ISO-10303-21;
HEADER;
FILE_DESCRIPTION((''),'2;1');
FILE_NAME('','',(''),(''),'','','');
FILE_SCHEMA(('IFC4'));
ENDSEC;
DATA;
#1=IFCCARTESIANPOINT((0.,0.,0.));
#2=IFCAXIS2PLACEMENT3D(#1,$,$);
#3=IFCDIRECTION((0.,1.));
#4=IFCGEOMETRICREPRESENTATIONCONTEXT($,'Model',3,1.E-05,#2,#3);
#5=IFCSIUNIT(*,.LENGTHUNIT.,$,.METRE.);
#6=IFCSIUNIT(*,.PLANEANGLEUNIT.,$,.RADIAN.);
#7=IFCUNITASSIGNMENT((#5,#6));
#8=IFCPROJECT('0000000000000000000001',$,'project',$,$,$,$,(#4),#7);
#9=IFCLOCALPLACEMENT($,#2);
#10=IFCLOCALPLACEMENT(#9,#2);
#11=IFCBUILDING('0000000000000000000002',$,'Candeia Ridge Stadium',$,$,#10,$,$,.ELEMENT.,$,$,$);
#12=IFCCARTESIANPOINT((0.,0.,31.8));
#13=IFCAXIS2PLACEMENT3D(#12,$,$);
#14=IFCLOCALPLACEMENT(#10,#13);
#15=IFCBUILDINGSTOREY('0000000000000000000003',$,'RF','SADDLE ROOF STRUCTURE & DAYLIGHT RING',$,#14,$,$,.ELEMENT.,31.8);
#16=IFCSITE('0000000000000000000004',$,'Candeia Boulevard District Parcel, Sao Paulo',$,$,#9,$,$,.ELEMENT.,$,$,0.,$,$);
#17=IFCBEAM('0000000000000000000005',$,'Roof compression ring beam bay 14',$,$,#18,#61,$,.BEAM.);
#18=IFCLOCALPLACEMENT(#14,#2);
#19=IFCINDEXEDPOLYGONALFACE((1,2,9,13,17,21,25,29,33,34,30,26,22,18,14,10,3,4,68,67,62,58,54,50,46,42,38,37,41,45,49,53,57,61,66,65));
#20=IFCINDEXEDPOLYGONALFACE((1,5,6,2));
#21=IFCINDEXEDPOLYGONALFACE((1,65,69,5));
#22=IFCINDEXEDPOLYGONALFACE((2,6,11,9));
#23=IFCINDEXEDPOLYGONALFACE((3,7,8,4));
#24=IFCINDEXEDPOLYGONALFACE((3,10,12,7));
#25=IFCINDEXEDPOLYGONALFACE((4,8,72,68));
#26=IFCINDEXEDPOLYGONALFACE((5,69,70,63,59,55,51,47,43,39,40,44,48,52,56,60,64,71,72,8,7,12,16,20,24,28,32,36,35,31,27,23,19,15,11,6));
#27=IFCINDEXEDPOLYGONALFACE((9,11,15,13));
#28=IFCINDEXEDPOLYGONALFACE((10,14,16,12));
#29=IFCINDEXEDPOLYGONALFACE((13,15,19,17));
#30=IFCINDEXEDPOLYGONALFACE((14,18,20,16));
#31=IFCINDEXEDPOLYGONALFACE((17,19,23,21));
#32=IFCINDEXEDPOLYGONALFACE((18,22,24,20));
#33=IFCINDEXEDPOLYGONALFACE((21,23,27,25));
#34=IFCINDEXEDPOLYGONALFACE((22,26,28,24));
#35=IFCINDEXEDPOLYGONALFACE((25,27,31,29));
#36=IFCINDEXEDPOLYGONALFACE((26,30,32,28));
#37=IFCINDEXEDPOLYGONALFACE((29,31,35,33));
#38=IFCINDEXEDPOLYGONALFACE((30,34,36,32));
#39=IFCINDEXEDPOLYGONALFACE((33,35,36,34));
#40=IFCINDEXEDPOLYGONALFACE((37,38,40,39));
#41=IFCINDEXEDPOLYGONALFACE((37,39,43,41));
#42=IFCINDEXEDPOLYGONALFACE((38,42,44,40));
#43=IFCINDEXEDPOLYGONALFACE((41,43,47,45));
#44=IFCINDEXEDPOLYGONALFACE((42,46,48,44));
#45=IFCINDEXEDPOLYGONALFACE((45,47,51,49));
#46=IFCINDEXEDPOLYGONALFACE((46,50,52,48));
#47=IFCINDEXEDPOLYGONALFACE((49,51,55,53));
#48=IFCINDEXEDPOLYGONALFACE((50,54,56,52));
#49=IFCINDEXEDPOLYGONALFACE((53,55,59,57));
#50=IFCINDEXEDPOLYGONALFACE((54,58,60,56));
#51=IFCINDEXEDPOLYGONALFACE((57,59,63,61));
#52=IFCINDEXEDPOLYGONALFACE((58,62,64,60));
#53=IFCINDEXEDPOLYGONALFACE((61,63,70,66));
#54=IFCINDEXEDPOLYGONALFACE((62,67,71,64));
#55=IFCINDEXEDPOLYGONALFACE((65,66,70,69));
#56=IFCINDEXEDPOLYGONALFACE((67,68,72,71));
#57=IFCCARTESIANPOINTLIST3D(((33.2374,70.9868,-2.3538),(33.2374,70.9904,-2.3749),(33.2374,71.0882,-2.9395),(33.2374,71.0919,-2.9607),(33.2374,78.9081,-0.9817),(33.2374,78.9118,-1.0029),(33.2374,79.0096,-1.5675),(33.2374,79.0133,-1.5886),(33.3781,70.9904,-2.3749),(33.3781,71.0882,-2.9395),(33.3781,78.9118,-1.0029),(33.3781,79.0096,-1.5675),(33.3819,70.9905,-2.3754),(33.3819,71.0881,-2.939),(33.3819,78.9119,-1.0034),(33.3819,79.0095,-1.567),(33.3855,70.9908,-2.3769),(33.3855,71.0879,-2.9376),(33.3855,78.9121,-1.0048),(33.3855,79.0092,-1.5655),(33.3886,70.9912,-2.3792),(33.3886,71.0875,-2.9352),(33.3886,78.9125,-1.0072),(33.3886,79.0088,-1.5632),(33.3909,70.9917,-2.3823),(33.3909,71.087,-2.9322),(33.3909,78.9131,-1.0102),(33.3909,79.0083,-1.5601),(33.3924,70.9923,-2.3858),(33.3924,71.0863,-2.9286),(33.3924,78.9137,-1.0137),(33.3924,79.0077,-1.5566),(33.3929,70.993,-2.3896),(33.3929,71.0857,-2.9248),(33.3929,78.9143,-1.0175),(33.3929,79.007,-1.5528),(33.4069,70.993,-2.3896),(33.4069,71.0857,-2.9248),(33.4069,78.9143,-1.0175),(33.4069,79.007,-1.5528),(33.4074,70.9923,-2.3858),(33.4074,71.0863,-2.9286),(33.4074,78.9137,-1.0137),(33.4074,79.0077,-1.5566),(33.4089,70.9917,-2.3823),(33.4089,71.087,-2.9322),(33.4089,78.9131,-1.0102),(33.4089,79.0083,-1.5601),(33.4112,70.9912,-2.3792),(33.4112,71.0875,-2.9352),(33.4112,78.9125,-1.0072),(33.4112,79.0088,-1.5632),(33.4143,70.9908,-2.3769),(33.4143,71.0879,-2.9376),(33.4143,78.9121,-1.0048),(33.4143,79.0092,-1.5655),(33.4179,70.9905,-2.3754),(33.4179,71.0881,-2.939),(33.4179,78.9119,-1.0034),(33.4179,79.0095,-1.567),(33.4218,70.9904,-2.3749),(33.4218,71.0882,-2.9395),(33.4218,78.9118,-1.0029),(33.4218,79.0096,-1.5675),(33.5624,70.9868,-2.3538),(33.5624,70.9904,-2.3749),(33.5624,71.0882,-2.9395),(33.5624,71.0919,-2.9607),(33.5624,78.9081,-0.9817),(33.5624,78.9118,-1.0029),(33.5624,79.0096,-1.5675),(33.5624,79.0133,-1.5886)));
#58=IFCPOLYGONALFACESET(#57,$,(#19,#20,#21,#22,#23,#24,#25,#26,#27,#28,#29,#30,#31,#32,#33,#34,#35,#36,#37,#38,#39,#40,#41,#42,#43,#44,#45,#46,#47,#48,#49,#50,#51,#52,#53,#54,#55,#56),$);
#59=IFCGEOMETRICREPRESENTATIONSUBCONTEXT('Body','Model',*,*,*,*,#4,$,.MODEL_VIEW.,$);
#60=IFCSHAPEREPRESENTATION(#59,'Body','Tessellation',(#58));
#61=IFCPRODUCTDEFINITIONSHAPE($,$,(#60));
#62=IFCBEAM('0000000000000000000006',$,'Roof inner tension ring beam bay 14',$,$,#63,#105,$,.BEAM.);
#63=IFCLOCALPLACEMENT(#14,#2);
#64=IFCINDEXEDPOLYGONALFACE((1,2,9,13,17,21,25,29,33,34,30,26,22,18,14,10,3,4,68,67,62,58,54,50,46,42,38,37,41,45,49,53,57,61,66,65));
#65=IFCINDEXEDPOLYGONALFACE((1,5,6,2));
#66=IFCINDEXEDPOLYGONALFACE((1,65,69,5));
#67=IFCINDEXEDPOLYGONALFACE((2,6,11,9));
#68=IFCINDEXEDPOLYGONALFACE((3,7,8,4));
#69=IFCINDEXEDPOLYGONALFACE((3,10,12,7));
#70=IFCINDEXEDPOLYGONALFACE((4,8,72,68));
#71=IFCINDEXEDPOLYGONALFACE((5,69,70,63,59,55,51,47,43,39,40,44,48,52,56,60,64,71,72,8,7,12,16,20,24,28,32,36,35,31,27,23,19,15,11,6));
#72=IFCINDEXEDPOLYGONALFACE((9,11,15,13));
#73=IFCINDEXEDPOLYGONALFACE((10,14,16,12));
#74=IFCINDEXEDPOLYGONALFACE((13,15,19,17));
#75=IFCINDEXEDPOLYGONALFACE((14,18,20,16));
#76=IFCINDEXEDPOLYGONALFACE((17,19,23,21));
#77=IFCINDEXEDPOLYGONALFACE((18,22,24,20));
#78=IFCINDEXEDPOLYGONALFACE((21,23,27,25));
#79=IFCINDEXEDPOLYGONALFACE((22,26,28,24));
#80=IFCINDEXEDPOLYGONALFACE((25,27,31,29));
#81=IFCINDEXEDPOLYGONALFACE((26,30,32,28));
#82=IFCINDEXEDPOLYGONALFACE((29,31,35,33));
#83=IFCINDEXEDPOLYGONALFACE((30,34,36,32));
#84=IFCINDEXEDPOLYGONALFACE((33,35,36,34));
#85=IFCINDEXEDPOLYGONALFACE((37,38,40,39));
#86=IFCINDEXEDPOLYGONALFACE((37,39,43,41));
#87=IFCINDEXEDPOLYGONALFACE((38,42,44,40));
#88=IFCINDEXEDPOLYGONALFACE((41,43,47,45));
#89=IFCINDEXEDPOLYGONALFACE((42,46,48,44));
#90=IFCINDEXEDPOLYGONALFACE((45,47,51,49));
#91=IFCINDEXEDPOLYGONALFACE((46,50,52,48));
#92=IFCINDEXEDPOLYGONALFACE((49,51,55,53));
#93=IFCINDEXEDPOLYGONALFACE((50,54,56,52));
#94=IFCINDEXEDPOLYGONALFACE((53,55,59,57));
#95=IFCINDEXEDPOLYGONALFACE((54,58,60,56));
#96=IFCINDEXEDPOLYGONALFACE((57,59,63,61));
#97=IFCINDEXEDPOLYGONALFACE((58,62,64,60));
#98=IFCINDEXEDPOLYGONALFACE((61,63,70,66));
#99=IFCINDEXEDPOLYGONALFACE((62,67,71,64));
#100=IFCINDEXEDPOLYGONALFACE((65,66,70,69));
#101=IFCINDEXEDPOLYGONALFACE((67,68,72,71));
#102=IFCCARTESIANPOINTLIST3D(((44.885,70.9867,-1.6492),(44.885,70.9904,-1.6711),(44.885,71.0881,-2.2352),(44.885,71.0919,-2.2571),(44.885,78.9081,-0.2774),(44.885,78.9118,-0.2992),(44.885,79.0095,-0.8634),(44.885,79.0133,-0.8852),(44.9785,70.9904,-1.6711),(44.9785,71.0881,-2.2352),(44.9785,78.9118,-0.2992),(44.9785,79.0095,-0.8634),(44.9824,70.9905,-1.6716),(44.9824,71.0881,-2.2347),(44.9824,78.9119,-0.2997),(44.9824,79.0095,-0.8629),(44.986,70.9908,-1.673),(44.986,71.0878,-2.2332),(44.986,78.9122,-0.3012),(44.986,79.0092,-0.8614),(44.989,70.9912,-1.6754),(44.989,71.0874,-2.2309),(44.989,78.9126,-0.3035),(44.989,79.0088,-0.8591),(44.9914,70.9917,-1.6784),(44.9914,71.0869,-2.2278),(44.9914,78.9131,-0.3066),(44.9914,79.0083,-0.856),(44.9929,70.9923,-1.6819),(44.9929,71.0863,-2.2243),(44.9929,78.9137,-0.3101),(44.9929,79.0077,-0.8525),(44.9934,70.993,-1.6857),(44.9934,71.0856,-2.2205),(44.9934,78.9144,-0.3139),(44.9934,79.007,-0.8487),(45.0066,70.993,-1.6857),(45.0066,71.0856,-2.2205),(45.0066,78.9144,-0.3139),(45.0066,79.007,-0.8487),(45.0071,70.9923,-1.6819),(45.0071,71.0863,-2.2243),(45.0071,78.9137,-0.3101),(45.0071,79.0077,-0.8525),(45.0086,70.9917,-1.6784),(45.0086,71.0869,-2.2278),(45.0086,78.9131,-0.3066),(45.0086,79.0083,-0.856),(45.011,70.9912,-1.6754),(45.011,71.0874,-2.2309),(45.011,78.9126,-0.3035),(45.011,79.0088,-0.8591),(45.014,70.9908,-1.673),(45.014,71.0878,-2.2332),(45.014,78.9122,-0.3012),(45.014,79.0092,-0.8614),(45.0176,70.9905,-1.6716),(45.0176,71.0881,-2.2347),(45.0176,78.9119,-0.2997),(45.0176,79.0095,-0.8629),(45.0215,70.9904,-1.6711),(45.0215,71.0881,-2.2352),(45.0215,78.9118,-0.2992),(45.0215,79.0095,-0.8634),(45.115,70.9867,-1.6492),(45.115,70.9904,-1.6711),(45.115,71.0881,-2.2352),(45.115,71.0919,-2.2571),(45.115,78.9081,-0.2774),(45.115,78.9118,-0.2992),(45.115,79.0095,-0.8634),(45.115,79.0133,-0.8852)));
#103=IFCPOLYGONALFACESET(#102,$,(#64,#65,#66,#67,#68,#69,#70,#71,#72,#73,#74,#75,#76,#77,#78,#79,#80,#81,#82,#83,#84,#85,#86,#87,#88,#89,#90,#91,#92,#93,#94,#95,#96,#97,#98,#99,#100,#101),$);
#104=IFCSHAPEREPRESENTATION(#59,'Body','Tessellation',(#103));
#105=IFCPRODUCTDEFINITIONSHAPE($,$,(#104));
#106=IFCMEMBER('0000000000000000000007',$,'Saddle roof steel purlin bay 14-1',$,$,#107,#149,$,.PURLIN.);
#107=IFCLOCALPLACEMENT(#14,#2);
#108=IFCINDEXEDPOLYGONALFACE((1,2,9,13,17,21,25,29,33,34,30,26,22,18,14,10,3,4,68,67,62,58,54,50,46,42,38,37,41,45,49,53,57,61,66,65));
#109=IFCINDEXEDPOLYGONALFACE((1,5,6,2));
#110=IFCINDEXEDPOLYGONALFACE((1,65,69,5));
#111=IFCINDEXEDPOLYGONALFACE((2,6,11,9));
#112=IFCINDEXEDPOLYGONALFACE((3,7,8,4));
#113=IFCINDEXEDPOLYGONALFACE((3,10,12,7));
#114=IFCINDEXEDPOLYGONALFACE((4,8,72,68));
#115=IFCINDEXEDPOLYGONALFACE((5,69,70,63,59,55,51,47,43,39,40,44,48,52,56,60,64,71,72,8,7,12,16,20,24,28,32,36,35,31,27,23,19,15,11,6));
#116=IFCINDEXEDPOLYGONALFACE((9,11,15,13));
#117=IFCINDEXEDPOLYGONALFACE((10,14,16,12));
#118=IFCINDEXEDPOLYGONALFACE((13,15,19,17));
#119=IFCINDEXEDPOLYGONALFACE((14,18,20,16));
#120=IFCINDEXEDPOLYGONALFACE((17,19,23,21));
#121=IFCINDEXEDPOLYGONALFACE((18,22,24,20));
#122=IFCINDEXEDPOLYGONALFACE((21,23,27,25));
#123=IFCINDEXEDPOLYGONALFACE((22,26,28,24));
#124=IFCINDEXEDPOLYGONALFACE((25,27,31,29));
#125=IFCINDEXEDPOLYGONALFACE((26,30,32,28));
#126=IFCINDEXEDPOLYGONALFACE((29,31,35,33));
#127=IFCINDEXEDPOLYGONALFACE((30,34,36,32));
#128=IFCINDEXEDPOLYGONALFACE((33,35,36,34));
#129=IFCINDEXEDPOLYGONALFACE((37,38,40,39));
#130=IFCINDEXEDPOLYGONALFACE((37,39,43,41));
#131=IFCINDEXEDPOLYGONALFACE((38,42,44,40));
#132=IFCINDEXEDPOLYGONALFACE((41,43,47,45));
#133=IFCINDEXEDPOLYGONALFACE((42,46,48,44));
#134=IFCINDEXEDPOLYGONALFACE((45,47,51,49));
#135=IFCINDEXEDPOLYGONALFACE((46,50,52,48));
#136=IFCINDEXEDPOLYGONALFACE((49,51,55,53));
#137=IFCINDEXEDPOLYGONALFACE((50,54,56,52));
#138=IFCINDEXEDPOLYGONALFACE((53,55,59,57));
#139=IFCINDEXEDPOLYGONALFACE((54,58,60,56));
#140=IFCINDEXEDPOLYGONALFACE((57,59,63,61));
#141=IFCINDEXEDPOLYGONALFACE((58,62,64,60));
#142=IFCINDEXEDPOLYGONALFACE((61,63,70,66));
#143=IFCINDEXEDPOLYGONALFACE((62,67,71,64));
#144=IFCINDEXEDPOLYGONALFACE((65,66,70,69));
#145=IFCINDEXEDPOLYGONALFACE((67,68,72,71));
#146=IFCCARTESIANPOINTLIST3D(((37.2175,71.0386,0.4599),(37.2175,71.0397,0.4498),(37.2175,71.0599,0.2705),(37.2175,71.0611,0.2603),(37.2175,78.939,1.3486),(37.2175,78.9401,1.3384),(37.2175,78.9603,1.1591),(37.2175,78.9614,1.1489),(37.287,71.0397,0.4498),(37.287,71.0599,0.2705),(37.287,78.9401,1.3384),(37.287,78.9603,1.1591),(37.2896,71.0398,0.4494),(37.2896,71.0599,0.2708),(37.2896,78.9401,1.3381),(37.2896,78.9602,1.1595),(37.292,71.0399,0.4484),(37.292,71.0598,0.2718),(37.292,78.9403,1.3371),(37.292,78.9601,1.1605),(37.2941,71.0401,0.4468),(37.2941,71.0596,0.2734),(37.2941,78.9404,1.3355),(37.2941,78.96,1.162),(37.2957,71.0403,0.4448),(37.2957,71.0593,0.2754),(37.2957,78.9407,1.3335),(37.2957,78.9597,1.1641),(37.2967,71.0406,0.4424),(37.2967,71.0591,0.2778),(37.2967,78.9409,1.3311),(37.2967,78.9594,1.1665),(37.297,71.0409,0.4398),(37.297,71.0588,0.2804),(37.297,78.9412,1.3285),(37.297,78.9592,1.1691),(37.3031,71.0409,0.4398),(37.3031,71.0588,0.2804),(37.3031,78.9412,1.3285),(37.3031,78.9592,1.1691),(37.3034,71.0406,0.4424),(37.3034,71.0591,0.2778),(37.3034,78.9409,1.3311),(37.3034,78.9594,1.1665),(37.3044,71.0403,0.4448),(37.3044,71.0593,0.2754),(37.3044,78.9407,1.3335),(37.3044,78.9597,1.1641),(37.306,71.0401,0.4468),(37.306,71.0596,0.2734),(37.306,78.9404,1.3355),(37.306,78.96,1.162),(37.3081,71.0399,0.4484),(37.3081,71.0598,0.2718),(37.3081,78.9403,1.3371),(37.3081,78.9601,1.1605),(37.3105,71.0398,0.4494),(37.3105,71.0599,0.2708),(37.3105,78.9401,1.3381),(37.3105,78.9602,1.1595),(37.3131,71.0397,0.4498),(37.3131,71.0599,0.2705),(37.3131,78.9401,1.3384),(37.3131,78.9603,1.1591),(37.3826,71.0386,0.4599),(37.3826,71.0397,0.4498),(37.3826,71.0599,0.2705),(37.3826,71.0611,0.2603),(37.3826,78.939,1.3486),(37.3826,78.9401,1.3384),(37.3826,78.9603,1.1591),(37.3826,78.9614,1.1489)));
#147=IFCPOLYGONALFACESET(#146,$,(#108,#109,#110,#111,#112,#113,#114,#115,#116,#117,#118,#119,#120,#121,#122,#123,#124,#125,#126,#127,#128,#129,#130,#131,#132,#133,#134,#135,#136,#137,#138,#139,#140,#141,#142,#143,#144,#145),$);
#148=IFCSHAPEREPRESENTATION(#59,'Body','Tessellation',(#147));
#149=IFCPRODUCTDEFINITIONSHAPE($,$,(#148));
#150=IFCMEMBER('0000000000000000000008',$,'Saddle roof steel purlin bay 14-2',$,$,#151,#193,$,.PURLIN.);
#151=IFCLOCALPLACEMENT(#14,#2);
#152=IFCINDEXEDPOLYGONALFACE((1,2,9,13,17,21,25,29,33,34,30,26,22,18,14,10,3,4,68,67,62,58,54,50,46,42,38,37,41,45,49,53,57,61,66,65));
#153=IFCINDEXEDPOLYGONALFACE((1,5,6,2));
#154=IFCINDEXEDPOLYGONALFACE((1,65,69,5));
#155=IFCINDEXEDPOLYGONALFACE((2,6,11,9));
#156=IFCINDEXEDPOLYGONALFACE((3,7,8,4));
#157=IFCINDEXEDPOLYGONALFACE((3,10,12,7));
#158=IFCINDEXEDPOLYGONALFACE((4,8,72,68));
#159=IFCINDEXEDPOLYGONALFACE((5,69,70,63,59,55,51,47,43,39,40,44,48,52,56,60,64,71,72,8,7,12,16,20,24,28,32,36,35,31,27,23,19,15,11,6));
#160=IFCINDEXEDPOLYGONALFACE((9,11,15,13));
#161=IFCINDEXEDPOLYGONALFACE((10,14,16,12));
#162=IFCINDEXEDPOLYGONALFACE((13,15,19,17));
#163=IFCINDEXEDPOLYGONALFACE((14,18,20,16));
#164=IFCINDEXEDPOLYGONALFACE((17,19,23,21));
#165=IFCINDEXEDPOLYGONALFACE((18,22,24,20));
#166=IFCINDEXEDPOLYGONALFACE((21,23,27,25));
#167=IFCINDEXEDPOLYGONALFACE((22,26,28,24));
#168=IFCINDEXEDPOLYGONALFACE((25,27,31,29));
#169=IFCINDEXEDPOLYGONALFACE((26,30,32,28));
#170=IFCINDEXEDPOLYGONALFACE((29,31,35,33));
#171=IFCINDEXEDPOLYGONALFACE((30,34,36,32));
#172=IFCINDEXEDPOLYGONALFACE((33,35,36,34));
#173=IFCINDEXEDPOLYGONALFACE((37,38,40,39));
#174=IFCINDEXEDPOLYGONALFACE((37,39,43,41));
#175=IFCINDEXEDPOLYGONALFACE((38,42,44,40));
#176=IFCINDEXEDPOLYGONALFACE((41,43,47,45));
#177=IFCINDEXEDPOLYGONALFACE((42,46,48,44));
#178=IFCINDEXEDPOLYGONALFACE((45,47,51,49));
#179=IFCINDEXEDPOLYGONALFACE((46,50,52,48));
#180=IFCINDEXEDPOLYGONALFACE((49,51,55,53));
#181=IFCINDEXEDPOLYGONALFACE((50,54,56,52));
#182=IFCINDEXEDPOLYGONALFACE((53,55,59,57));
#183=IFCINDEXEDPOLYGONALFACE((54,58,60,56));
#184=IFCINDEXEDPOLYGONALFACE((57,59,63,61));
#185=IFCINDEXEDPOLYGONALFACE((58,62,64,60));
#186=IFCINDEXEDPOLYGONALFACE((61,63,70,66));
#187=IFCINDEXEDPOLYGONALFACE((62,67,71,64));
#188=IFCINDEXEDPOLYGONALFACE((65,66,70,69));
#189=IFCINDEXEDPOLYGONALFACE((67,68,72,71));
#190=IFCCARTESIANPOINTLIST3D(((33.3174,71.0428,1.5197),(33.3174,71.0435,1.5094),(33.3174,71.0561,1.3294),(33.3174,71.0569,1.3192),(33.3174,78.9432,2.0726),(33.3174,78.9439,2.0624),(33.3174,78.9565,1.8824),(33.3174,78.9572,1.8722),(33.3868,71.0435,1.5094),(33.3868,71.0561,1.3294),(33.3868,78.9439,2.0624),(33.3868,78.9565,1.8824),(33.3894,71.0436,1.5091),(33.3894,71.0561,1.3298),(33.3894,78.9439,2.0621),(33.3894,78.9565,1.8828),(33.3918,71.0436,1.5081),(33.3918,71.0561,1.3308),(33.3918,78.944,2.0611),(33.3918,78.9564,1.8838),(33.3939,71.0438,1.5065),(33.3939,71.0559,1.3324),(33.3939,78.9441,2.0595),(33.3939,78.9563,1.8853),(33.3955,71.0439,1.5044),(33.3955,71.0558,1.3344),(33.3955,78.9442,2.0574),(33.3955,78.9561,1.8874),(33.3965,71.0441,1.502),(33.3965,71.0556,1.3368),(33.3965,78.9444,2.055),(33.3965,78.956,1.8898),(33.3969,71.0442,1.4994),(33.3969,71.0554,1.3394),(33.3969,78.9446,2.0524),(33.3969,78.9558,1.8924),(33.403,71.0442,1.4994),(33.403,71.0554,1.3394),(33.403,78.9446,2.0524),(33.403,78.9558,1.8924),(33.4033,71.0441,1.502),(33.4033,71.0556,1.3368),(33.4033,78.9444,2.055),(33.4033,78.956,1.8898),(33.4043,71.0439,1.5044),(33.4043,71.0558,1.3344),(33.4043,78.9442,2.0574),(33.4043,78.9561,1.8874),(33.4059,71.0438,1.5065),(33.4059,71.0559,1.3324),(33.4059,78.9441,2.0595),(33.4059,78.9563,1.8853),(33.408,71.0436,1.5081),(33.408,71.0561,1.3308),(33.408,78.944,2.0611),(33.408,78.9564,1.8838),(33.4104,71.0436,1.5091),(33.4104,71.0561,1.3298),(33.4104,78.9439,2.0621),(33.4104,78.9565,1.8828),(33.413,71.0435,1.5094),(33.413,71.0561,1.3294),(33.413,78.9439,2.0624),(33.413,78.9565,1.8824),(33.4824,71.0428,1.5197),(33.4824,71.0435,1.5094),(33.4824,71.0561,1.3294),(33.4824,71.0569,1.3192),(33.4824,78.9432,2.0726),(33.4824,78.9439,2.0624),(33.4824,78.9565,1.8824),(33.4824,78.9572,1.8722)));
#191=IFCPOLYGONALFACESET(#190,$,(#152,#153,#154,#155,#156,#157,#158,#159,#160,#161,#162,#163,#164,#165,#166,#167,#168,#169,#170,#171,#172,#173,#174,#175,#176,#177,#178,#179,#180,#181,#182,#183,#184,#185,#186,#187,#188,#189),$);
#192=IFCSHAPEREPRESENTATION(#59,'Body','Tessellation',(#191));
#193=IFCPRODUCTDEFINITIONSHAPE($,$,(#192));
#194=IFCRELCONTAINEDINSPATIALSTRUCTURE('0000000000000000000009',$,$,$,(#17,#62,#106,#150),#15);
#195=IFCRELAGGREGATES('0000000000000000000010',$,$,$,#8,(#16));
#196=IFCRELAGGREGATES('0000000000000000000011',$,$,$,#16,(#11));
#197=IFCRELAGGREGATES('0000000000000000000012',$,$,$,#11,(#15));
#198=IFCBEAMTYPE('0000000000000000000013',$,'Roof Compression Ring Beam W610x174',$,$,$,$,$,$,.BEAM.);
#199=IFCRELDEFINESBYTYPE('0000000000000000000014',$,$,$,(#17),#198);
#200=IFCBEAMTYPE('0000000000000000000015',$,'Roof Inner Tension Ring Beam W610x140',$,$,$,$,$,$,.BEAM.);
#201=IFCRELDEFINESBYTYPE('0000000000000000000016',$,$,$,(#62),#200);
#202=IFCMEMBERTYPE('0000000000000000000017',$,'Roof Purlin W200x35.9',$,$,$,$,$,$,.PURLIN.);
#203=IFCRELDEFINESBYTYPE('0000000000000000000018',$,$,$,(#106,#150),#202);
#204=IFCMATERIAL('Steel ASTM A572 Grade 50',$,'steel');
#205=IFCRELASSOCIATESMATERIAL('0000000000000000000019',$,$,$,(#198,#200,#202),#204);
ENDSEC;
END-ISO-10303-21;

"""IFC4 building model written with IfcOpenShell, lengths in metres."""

from ifc_helpers import new_model, si_unit, direction, frame, origin, origin_2d, place, context, subcontext, project, spatial, i_section, extrude, material, material_profile, profile_set, type_object, element, save


model = new_model("IFC4")

# Units and contexts
model_context = context("Model", 3, precision=1e-05, world=origin(), true_north=direction((0.0, 1.0)))
body_context = subcontext(model_context, "Body", "Model", "MODEL_VIEW")
ifc_project = project(units=[si_unit("LENGTHUNIT", "METRE"), si_unit("PLANEANGLEUNIT", "RADIAN")], contexts=[model_context])

# Site, building, storey
site_placement = place(None, origin())
site = spatial("IfcSite", under=ifc_project, at=site_placement, Name="Candeia Boulevard District Parcel, Sao Paulo", CompositionType="ELEMENT", RefElevation=0.0)
building_placement = place(site_placement, origin())
building = spatial("IfcBuilding", under=site, at=building_placement, Name="Candeia Ridge Stadium", CompositionType="ELEMENT")
storey_placement = place(building_placement, frame((0.0, 0.0, 31.8)))
storey = spatial("IfcBuildingStorey", under=building, at=storey_placement, Name="RF", Description="SADDLE ROOF STRUCTURE & DAYLIGHT RING", CompositionType="ELEMENT", Elevation=31.8)

# Beams
ifc_material_1 = material(Name="Steel ASTM A572 Grade 50", Category="steel")
ifc_material_profile_1 = material_profile(ifc_material_1, i_section(OverallWidth=0.325, OverallDepth=0.616, WebThickness=0.0139, FlangeThickness=0.0215, FilletRadius=0.0149, at=origin_2d()), Name="W610x174", Category="steel")
ifc_profile_set_1 = profile_set([ifc_material_profile_1], Name="Steel ASTM A572 Grade 50")
beam_type_1 = type_object("IfcBeamType", Name="Roof Compression Ring Beam W610x174", PredefinedType="BEAM", material=ifc_profile_set_1)
beam_1_placement = place(storey_placement, frame((33.3999, 78.9607, -1.2852), z_axis=(0.0, -0.985328, -0.17067), x_axis=(1.0, 0.0, 0.0)))
element("IfcBeam", 1, at=beam_1_placement, inside=storey, type_object=beam_type_1, Name="Roof compression ring beam bay 14", PredefinedType="BEAM", context=body_context, shape_type="SweptSolid", body=[
    extrude(i_section(OverallWidth=0.325, OverallDepth=0.616, WebThickness=0.0139, FlangeThickness=0.0215, FilletRadius=0.0149, at=origin_2d()), origin(), (0.0, 0.0, 1.0), 8.0393),
])
ifc_material_profile_2 = material_profile(ifc_material_1, i_section(OverallWidth=0.23, OverallDepth=0.6169, WebThickness=0.0132, FlangeThickness=0.0222, FilletRadius=0.0149, at=origin_2d()), Name="W610x140", Category="steel")
ifc_profile_set_2 = profile_set([ifc_material_profile_2], Name="Steel ASTM A572 Grade 50")
beam_type_2 = type_object("IfcBeamType", Name="Roof Inner Tension Ring Beam W610x140", PredefinedType="BEAM", material=ifc_profile_set_2)
beam_2_placement = place(storey_placement, frame((45.0, 78.9607, -0.5813), z_axis=(0.0, -0.985333, -0.17064), x_axis=(1.0, 0.0, 0.0)))
element("IfcBeam", 2, at=beam_2_placement, inside=storey, type_object=beam_type_2, Name="Roof inner tension ring beam bay 14", PredefinedType="BEAM", context=body_context, shape_type="SweptSolid", body=[
    extrude(i_section(OverallWidth=0.23, OverallDepth=0.6169, WebThickness=0.0132, FlangeThickness=0.0222, FilletRadius=0.0149, at=origin_2d()), origin(), (0.0, 0.0, 1.0), 8.0393),
])

# Members
ifc_material_profile_3 = material_profile(ifc_material_1, i_section(OverallWidth=0.165, OverallDepth=0.2009, WebThickness=0.0061, FlangeThickness=0.0103, FilletRadius=0.01, at=origin_2d()), Name="W200x35.9", Category="steel")
ifc_profile_set_3 = profile_set([ifc_material_profile_3], Name="Steel ASTM A572 Grade 50")
member_type_1 = type_object("IfcMemberType", Name="Roof Purlin W200x35.9", PredefinedType="PURLIN", material=ifc_profile_set_3)
member_1_placement = place(storey_placement, frame((37.3, 78.9502, 1.2488), z_axis=(0.0, -0.993733, -0.11178), x_axis=(1.0, 0.0, 0.0)))
element("IfcMember", 3, at=member_1_placement, inside=storey, type_object=member_type_1, Name="Saddle roof steel purlin bay 14-1", PredefinedType="PURLIN", context=body_context, shape_type="SweptSolid", body=[
    extrude(i_section(OverallWidth=0.165, OverallDepth=0.2009, WebThickness=0.0061, FlangeThickness=0.0103, FilletRadius=0.01, at=origin_2d()), origin(), (0.0, 0.0, 1.0), 7.9502),
])
for number, where, z_axis, x_axis, name in (
    (4, (33.3999, 78.9502, 1.9724), (0.0, -0.997559, -0.069823), (1.0, 0.0, 0.0), "Saddle roof steel purlin bay 14-2"),
):
    element("IfcMember", number, at=place(storey_placement, frame(where, z_axis=z_axis, x_axis=x_axis)), inside=storey, type_object=member_type_1, Name=name, PredefinedType="PURLIN", context=body_context, shape_type="SweptSolid", body=[
        extrude(i_section(OverallWidth=0.165, OverallDepth=0.2009, WebThickness=0.0061, FlangeThickness=0.0103, FilletRadius=0.01, at=origin_2d()), origin(), (0.0, 0.0, 1.0), 7.9197),
    ])

save(model, "model.ifc")
